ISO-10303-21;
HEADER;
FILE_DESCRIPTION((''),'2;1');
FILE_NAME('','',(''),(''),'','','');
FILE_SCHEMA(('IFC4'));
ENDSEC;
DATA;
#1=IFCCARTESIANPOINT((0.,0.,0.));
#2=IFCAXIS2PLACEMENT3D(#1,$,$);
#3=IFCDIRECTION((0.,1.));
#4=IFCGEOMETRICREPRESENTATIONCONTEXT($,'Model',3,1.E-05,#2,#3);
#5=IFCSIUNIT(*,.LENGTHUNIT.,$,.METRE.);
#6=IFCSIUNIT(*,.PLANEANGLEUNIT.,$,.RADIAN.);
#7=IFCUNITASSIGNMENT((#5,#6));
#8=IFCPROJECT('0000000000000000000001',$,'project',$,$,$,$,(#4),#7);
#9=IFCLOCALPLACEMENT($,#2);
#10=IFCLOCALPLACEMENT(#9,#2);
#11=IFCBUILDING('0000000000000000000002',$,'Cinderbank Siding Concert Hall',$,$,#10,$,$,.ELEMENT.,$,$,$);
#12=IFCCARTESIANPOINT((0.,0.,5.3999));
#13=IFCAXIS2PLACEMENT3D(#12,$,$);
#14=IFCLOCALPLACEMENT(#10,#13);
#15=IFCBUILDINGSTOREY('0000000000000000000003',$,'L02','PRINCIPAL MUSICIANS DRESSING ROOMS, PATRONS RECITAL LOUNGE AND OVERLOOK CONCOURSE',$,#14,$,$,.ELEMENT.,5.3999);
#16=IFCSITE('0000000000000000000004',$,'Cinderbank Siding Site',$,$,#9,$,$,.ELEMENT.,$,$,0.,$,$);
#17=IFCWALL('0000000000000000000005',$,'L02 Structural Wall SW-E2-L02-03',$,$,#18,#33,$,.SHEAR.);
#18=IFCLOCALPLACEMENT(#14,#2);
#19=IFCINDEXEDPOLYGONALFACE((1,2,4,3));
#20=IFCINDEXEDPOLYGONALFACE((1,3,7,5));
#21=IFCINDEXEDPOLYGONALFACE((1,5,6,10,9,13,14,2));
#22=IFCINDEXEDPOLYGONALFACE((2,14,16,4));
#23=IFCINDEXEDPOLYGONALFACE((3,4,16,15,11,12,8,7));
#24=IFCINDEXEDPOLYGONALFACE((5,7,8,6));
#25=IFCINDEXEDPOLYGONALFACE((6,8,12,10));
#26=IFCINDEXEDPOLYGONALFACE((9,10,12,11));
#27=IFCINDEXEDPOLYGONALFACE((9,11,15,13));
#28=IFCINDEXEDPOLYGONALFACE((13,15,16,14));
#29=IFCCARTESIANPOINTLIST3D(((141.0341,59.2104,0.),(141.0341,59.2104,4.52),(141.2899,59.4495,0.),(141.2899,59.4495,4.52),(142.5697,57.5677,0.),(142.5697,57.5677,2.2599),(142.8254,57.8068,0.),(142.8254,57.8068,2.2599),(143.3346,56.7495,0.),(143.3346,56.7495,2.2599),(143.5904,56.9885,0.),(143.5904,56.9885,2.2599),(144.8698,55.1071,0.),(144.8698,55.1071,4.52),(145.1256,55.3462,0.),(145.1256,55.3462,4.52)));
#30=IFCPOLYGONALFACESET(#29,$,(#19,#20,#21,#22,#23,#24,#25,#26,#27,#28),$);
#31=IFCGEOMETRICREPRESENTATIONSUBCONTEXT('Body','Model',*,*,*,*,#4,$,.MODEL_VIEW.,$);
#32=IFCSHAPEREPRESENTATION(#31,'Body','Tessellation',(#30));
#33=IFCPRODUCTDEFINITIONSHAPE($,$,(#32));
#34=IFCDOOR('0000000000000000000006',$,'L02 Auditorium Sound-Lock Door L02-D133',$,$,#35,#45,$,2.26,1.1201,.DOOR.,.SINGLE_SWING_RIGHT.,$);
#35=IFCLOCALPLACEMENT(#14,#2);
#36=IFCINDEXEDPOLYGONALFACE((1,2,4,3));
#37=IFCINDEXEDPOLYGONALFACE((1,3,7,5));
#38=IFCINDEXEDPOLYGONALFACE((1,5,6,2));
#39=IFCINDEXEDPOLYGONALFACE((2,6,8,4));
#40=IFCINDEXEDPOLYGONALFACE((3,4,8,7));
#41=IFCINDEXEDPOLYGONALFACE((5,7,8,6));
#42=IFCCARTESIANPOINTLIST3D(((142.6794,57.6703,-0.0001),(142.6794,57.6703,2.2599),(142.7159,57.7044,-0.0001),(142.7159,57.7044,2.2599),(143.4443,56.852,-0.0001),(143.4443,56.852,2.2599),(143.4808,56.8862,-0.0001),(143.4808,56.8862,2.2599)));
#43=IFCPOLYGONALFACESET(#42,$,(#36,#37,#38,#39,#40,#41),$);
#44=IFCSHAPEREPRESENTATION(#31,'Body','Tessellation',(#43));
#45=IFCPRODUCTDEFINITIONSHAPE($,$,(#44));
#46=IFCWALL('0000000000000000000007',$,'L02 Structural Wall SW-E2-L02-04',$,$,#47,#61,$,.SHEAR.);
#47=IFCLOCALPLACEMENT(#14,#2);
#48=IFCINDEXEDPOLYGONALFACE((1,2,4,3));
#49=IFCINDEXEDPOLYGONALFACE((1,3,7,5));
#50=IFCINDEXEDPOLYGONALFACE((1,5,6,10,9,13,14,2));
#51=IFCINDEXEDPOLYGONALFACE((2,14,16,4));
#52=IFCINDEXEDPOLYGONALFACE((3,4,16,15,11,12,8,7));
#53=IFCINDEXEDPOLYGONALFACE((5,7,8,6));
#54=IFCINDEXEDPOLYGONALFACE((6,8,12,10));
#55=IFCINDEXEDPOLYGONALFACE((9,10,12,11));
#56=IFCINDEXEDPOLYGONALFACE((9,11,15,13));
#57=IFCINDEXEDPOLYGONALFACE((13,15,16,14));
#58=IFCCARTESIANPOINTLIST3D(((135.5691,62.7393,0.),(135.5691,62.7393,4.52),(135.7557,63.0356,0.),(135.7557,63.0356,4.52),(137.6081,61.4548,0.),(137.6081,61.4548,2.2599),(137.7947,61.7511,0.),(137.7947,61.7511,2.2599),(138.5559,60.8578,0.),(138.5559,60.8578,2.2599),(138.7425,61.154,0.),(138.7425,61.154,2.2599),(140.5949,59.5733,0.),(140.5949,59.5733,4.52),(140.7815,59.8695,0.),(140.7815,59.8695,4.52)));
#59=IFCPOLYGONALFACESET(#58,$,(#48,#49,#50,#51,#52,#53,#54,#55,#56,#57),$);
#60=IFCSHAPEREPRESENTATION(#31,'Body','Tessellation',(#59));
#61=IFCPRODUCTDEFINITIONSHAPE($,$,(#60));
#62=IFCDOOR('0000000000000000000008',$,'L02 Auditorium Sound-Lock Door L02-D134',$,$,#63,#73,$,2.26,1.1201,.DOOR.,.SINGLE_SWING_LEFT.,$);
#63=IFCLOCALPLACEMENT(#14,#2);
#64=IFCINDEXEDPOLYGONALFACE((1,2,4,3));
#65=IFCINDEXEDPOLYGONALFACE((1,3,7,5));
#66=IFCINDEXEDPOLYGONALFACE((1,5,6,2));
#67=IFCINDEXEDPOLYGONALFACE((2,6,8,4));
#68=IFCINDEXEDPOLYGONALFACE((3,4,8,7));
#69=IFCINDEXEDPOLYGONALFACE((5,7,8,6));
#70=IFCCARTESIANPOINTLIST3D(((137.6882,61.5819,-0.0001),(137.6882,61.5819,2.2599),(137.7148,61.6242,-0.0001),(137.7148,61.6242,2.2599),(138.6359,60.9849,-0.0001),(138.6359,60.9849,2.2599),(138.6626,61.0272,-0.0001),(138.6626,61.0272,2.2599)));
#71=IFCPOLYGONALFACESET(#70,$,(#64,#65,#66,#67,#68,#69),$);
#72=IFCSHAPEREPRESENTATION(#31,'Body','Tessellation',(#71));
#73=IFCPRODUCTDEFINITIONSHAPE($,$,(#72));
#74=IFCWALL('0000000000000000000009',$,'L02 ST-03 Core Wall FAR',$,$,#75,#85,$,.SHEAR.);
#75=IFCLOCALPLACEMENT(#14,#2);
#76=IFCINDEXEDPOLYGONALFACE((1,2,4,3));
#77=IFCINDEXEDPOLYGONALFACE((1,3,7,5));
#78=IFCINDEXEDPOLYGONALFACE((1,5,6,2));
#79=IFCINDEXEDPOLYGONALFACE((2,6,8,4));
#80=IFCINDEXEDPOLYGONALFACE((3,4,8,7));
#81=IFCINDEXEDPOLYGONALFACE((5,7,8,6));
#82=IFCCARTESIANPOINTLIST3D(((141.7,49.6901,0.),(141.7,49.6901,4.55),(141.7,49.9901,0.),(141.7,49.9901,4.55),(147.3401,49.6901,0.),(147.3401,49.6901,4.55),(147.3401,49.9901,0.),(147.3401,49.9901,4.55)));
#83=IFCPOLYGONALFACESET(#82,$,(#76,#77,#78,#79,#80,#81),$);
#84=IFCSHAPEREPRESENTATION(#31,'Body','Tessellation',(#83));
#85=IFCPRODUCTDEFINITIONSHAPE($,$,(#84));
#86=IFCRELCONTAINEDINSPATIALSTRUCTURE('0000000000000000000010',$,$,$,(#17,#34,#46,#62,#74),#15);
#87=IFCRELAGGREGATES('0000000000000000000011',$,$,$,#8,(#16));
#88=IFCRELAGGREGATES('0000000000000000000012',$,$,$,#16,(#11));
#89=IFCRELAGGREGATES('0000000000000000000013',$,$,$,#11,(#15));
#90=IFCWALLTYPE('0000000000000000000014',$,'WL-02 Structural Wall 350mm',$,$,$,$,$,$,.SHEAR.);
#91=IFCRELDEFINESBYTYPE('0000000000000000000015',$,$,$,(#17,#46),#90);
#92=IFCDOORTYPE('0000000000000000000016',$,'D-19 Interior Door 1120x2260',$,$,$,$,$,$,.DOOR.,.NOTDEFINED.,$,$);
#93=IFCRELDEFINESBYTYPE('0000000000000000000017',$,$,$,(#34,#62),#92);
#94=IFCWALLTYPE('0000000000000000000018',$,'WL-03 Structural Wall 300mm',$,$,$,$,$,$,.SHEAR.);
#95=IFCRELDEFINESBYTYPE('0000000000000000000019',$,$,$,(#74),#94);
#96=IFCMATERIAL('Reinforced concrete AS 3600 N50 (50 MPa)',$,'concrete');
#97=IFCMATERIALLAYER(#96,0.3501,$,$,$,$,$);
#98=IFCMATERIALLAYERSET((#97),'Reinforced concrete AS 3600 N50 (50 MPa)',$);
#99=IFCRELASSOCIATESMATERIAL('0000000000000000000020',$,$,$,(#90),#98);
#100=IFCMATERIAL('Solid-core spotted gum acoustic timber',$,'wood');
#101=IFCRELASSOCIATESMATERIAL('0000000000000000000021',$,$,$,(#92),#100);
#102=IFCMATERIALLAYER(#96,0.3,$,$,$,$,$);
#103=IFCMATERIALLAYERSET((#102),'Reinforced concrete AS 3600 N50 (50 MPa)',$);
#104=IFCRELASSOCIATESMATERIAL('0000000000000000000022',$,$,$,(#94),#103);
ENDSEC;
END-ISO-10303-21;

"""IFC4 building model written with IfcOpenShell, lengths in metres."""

from ifc_helpers import new_model, si_unit, direction, frame, frame_2d, origin, place, context, subcontext, project, spatial, rectangle, extrude, material, layer, layer_set, type_object, element, fill, save


model = new_model("IFC4")

# Units and contexts
model_context = context("Model", 3, precision=1e-05, world=origin(), true_north=direction((0.0, 1.0)))
body_context = subcontext(model_context, "Body", "Model", "MODEL_VIEW")
ifc_project = project(units=[si_unit("LENGTHUNIT", "METRE"), si_unit("PLANEANGLEUNIT", "RADIAN")], contexts=[model_context])

# Site, building, storey
site_placement = place(None, origin())
site = spatial("IfcSite", under=ifc_project, at=site_placement, Name="Cinderbank Siding Site", CompositionType="ELEMENT", RefElevation=0.0)
building_placement = place(site_placement, origin())
building = spatial("IfcBuilding", under=site, at=building_placement, Name="Cinderbank Siding Concert Hall", CompositionType="ELEMENT")
storey_placement = place(building_placement, frame((0.0, 0.0, 5.3999)))
storey = spatial("IfcBuildingStorey", under=building, at=storey_placement, Name="L02", Description="PRINCIPAL MUSICIANS DRESSING ROOMS, PATRONS RECITAL LOUNGE AND OVERLOOK CONCOURSE", CompositionType="ELEMENT", Elevation=5.3999)

# Shared definitions
ifc_material_1 = material(Name="Reinforced concrete AS 3600 N50 (50 MPa)", Category="concrete")

# Walls, openings, doors
ifc_layer_1 = layer(ifc_material_1, 0.3501)
ifc_layer_set_1 = layer_set([ifc_layer_1], Name="Reinforced concrete AS 3600 N50 (50 MPa)")
wall_type_1 = type_object("IfcWallType", Name="WL-02 Structural Wall 350mm", PredefinedType="SHEAR", material=ifc_layer_set_1)
wall_1_placement = place(storey_placement, frame((144.9978, 55.2266, 0.0), z_axis=(0.0, 0.0, 1.0), x_axis=(-0.682886, 0.730525, 0.0)))
wall_1 = element("IfcWall", 1, at=wall_1_placement, inside=storey, type_object=wall_type_1, Name="L02 Structural Wall SW-E2-L02-03", PredefinedType="SHEAR", context=body_context, shape_type="SweptSolid", body=[
    extrude(rectangle(XDim=5.6169, YDim=0.3501, at=frame_2d((2.8086, 0.0))), origin(), (0.0, 0.0, 1.0), 4.52),
])
opening_1_placement = place(wall_1_placement, frame((2.2483, 0.0, 0.0)))
opening_1 = element("IfcOpeningElement", 2, at=opening_1_placement, cuts=wall_1, PredefinedType="OPENING", context=body_context, shape_type="SweptSolid", body=[
    extrude(rectangle(XDim=1.1201, YDim=2.26, at=frame_2d((0.5601, 1.1299))), frame((0.0, 0.187, 0.0), z_axis=(0.0, -1.0, 0.0), x_axis=(1.0, 0.0, 0.0)), (0.0, 0.0, 1.0), 0.374),
])
ifc_material_2 = material(Name="Solid-core spotted gum acoustic timber", Category="wood")
door_type = type_object("IfcDoorType", Name="D-19 Interior Door 1120x2260", OperationType="NOTDEFINED", PredefinedType="DOOR", material=ifc_material_2)
door_1_placement = place(opening_1_placement, origin())
door_1 = element("IfcDoor", 3, at=door_1_placement, inside=storey, type_object=door_type, Name="L02 Auditorium Sound-Lock Door L02-D133", OperationType="SINGLE_SWING_RIGHT", OverallHeight=2.26, OverallWidth=1.1201, PredefinedType="DOOR", context=body_context, shape_type="SweptSolid", body=[
    extrude(rectangle(XDim=1.1201, YDim=2.26, at=frame_2d((0.5601, 1.1299))), frame((0.0, 0.0249, 0.0), z_axis=(0.0, -1.0, 0.0), x_axis=(1.0, 0.0, 0.0)), (0.0, 0.0, 1.0), 0.05),
])
fill(opening_1, door_1)
wall_2_placement = place(storey_placement, frame((140.6882, 59.7214, 0.0), z_axis=(0.0, 0.0, 1.0), x_axis=(-0.846113, 0.533003, 0.0)))
wall_2 = element("IfcWall", 4, at=wall_2_placement, inside=storey, type_object=wall_type_1, Name="L02 Structural Wall SW-E2-L02-04", PredefinedType="SHEAR", context=body_context, shape_type="SweptSolid", body=[
    extrude(rectangle(XDim=5.9399, YDim=0.3501, at=frame_2d((2.97, 0.0))), origin(), (0.0, 0.0, 1.0), 4.52),
])
opening_2_placement = place(wall_2_placement, frame((2.4099, 0.0, 0.0)))
opening_2 = element("IfcOpeningElement", 5, at=opening_2_placement, cuts=wall_2, PredefinedType="OPENING", context=body_context, shape_type="SweptSolid", body=[
    extrude(rectangle(XDim=1.1201, YDim=2.26, at=frame_2d((0.5601, 1.1299))), frame((0.0, 0.187, 0.0), z_axis=(0.0, -1.0, 0.0), x_axis=(1.0, 0.0, 0.0)), (0.0, 0.0, 1.0), 0.374),
])
door_2_placement = place(opening_2_placement, origin())
door_2 = element("IfcDoor", 6, at=door_2_placement, inside=storey, type_object=door_type, Name="L02 Auditorium Sound-Lock Door L02-D134", OperationType="SINGLE_SWING_LEFT", OverallHeight=2.26, OverallWidth=1.1201, PredefinedType="DOOR", context=body_context, shape_type="SweptSolid", body=[
    extrude(rectangle(XDim=1.1201, YDim=2.26, at=frame_2d((0.5601, 1.1299))), frame((0.0, 0.0249, 0.0), z_axis=(0.0, -1.0, 0.0), x_axis=(1.0, 0.0, 0.0)), (0.0, 0.0, 1.0), 0.05),
])
fill(opening_2, door_2)

# Wall
ifc_layer_2 = layer(ifc_material_1, 0.3)
ifc_layer_set_2 = layer_set([ifc_layer_2], Name="Reinforced concrete AS 3600 N50 (50 MPa)")
wall_type_2 = type_object("IfcWallType", Name="WL-03 Structural Wall 300mm", PredefinedType="SHEAR", material=ifc_layer_set_2)
wall_3_placement = place(storey_placement, frame((141.7, 49.8401, 0.0), z_axis=(0.0, 0.0, 1.0), x_axis=(1.0, 0.0, 0.0)))
element("IfcWall", 7, at=wall_3_placement, inside=storey, type_object=wall_type_2, Name="L02 ST-03 Core Wall FAR", PredefinedType="SHEAR", context=body_context, shape_type="SweptSolid", body=[
    extrude(rectangle(XDim=5.6401, YDim=0.3, at=frame_2d((2.8201, 0.0))), origin(), (0.0, 0.0, 1.0), 4.55),
])

save(model, "model.ifc")
